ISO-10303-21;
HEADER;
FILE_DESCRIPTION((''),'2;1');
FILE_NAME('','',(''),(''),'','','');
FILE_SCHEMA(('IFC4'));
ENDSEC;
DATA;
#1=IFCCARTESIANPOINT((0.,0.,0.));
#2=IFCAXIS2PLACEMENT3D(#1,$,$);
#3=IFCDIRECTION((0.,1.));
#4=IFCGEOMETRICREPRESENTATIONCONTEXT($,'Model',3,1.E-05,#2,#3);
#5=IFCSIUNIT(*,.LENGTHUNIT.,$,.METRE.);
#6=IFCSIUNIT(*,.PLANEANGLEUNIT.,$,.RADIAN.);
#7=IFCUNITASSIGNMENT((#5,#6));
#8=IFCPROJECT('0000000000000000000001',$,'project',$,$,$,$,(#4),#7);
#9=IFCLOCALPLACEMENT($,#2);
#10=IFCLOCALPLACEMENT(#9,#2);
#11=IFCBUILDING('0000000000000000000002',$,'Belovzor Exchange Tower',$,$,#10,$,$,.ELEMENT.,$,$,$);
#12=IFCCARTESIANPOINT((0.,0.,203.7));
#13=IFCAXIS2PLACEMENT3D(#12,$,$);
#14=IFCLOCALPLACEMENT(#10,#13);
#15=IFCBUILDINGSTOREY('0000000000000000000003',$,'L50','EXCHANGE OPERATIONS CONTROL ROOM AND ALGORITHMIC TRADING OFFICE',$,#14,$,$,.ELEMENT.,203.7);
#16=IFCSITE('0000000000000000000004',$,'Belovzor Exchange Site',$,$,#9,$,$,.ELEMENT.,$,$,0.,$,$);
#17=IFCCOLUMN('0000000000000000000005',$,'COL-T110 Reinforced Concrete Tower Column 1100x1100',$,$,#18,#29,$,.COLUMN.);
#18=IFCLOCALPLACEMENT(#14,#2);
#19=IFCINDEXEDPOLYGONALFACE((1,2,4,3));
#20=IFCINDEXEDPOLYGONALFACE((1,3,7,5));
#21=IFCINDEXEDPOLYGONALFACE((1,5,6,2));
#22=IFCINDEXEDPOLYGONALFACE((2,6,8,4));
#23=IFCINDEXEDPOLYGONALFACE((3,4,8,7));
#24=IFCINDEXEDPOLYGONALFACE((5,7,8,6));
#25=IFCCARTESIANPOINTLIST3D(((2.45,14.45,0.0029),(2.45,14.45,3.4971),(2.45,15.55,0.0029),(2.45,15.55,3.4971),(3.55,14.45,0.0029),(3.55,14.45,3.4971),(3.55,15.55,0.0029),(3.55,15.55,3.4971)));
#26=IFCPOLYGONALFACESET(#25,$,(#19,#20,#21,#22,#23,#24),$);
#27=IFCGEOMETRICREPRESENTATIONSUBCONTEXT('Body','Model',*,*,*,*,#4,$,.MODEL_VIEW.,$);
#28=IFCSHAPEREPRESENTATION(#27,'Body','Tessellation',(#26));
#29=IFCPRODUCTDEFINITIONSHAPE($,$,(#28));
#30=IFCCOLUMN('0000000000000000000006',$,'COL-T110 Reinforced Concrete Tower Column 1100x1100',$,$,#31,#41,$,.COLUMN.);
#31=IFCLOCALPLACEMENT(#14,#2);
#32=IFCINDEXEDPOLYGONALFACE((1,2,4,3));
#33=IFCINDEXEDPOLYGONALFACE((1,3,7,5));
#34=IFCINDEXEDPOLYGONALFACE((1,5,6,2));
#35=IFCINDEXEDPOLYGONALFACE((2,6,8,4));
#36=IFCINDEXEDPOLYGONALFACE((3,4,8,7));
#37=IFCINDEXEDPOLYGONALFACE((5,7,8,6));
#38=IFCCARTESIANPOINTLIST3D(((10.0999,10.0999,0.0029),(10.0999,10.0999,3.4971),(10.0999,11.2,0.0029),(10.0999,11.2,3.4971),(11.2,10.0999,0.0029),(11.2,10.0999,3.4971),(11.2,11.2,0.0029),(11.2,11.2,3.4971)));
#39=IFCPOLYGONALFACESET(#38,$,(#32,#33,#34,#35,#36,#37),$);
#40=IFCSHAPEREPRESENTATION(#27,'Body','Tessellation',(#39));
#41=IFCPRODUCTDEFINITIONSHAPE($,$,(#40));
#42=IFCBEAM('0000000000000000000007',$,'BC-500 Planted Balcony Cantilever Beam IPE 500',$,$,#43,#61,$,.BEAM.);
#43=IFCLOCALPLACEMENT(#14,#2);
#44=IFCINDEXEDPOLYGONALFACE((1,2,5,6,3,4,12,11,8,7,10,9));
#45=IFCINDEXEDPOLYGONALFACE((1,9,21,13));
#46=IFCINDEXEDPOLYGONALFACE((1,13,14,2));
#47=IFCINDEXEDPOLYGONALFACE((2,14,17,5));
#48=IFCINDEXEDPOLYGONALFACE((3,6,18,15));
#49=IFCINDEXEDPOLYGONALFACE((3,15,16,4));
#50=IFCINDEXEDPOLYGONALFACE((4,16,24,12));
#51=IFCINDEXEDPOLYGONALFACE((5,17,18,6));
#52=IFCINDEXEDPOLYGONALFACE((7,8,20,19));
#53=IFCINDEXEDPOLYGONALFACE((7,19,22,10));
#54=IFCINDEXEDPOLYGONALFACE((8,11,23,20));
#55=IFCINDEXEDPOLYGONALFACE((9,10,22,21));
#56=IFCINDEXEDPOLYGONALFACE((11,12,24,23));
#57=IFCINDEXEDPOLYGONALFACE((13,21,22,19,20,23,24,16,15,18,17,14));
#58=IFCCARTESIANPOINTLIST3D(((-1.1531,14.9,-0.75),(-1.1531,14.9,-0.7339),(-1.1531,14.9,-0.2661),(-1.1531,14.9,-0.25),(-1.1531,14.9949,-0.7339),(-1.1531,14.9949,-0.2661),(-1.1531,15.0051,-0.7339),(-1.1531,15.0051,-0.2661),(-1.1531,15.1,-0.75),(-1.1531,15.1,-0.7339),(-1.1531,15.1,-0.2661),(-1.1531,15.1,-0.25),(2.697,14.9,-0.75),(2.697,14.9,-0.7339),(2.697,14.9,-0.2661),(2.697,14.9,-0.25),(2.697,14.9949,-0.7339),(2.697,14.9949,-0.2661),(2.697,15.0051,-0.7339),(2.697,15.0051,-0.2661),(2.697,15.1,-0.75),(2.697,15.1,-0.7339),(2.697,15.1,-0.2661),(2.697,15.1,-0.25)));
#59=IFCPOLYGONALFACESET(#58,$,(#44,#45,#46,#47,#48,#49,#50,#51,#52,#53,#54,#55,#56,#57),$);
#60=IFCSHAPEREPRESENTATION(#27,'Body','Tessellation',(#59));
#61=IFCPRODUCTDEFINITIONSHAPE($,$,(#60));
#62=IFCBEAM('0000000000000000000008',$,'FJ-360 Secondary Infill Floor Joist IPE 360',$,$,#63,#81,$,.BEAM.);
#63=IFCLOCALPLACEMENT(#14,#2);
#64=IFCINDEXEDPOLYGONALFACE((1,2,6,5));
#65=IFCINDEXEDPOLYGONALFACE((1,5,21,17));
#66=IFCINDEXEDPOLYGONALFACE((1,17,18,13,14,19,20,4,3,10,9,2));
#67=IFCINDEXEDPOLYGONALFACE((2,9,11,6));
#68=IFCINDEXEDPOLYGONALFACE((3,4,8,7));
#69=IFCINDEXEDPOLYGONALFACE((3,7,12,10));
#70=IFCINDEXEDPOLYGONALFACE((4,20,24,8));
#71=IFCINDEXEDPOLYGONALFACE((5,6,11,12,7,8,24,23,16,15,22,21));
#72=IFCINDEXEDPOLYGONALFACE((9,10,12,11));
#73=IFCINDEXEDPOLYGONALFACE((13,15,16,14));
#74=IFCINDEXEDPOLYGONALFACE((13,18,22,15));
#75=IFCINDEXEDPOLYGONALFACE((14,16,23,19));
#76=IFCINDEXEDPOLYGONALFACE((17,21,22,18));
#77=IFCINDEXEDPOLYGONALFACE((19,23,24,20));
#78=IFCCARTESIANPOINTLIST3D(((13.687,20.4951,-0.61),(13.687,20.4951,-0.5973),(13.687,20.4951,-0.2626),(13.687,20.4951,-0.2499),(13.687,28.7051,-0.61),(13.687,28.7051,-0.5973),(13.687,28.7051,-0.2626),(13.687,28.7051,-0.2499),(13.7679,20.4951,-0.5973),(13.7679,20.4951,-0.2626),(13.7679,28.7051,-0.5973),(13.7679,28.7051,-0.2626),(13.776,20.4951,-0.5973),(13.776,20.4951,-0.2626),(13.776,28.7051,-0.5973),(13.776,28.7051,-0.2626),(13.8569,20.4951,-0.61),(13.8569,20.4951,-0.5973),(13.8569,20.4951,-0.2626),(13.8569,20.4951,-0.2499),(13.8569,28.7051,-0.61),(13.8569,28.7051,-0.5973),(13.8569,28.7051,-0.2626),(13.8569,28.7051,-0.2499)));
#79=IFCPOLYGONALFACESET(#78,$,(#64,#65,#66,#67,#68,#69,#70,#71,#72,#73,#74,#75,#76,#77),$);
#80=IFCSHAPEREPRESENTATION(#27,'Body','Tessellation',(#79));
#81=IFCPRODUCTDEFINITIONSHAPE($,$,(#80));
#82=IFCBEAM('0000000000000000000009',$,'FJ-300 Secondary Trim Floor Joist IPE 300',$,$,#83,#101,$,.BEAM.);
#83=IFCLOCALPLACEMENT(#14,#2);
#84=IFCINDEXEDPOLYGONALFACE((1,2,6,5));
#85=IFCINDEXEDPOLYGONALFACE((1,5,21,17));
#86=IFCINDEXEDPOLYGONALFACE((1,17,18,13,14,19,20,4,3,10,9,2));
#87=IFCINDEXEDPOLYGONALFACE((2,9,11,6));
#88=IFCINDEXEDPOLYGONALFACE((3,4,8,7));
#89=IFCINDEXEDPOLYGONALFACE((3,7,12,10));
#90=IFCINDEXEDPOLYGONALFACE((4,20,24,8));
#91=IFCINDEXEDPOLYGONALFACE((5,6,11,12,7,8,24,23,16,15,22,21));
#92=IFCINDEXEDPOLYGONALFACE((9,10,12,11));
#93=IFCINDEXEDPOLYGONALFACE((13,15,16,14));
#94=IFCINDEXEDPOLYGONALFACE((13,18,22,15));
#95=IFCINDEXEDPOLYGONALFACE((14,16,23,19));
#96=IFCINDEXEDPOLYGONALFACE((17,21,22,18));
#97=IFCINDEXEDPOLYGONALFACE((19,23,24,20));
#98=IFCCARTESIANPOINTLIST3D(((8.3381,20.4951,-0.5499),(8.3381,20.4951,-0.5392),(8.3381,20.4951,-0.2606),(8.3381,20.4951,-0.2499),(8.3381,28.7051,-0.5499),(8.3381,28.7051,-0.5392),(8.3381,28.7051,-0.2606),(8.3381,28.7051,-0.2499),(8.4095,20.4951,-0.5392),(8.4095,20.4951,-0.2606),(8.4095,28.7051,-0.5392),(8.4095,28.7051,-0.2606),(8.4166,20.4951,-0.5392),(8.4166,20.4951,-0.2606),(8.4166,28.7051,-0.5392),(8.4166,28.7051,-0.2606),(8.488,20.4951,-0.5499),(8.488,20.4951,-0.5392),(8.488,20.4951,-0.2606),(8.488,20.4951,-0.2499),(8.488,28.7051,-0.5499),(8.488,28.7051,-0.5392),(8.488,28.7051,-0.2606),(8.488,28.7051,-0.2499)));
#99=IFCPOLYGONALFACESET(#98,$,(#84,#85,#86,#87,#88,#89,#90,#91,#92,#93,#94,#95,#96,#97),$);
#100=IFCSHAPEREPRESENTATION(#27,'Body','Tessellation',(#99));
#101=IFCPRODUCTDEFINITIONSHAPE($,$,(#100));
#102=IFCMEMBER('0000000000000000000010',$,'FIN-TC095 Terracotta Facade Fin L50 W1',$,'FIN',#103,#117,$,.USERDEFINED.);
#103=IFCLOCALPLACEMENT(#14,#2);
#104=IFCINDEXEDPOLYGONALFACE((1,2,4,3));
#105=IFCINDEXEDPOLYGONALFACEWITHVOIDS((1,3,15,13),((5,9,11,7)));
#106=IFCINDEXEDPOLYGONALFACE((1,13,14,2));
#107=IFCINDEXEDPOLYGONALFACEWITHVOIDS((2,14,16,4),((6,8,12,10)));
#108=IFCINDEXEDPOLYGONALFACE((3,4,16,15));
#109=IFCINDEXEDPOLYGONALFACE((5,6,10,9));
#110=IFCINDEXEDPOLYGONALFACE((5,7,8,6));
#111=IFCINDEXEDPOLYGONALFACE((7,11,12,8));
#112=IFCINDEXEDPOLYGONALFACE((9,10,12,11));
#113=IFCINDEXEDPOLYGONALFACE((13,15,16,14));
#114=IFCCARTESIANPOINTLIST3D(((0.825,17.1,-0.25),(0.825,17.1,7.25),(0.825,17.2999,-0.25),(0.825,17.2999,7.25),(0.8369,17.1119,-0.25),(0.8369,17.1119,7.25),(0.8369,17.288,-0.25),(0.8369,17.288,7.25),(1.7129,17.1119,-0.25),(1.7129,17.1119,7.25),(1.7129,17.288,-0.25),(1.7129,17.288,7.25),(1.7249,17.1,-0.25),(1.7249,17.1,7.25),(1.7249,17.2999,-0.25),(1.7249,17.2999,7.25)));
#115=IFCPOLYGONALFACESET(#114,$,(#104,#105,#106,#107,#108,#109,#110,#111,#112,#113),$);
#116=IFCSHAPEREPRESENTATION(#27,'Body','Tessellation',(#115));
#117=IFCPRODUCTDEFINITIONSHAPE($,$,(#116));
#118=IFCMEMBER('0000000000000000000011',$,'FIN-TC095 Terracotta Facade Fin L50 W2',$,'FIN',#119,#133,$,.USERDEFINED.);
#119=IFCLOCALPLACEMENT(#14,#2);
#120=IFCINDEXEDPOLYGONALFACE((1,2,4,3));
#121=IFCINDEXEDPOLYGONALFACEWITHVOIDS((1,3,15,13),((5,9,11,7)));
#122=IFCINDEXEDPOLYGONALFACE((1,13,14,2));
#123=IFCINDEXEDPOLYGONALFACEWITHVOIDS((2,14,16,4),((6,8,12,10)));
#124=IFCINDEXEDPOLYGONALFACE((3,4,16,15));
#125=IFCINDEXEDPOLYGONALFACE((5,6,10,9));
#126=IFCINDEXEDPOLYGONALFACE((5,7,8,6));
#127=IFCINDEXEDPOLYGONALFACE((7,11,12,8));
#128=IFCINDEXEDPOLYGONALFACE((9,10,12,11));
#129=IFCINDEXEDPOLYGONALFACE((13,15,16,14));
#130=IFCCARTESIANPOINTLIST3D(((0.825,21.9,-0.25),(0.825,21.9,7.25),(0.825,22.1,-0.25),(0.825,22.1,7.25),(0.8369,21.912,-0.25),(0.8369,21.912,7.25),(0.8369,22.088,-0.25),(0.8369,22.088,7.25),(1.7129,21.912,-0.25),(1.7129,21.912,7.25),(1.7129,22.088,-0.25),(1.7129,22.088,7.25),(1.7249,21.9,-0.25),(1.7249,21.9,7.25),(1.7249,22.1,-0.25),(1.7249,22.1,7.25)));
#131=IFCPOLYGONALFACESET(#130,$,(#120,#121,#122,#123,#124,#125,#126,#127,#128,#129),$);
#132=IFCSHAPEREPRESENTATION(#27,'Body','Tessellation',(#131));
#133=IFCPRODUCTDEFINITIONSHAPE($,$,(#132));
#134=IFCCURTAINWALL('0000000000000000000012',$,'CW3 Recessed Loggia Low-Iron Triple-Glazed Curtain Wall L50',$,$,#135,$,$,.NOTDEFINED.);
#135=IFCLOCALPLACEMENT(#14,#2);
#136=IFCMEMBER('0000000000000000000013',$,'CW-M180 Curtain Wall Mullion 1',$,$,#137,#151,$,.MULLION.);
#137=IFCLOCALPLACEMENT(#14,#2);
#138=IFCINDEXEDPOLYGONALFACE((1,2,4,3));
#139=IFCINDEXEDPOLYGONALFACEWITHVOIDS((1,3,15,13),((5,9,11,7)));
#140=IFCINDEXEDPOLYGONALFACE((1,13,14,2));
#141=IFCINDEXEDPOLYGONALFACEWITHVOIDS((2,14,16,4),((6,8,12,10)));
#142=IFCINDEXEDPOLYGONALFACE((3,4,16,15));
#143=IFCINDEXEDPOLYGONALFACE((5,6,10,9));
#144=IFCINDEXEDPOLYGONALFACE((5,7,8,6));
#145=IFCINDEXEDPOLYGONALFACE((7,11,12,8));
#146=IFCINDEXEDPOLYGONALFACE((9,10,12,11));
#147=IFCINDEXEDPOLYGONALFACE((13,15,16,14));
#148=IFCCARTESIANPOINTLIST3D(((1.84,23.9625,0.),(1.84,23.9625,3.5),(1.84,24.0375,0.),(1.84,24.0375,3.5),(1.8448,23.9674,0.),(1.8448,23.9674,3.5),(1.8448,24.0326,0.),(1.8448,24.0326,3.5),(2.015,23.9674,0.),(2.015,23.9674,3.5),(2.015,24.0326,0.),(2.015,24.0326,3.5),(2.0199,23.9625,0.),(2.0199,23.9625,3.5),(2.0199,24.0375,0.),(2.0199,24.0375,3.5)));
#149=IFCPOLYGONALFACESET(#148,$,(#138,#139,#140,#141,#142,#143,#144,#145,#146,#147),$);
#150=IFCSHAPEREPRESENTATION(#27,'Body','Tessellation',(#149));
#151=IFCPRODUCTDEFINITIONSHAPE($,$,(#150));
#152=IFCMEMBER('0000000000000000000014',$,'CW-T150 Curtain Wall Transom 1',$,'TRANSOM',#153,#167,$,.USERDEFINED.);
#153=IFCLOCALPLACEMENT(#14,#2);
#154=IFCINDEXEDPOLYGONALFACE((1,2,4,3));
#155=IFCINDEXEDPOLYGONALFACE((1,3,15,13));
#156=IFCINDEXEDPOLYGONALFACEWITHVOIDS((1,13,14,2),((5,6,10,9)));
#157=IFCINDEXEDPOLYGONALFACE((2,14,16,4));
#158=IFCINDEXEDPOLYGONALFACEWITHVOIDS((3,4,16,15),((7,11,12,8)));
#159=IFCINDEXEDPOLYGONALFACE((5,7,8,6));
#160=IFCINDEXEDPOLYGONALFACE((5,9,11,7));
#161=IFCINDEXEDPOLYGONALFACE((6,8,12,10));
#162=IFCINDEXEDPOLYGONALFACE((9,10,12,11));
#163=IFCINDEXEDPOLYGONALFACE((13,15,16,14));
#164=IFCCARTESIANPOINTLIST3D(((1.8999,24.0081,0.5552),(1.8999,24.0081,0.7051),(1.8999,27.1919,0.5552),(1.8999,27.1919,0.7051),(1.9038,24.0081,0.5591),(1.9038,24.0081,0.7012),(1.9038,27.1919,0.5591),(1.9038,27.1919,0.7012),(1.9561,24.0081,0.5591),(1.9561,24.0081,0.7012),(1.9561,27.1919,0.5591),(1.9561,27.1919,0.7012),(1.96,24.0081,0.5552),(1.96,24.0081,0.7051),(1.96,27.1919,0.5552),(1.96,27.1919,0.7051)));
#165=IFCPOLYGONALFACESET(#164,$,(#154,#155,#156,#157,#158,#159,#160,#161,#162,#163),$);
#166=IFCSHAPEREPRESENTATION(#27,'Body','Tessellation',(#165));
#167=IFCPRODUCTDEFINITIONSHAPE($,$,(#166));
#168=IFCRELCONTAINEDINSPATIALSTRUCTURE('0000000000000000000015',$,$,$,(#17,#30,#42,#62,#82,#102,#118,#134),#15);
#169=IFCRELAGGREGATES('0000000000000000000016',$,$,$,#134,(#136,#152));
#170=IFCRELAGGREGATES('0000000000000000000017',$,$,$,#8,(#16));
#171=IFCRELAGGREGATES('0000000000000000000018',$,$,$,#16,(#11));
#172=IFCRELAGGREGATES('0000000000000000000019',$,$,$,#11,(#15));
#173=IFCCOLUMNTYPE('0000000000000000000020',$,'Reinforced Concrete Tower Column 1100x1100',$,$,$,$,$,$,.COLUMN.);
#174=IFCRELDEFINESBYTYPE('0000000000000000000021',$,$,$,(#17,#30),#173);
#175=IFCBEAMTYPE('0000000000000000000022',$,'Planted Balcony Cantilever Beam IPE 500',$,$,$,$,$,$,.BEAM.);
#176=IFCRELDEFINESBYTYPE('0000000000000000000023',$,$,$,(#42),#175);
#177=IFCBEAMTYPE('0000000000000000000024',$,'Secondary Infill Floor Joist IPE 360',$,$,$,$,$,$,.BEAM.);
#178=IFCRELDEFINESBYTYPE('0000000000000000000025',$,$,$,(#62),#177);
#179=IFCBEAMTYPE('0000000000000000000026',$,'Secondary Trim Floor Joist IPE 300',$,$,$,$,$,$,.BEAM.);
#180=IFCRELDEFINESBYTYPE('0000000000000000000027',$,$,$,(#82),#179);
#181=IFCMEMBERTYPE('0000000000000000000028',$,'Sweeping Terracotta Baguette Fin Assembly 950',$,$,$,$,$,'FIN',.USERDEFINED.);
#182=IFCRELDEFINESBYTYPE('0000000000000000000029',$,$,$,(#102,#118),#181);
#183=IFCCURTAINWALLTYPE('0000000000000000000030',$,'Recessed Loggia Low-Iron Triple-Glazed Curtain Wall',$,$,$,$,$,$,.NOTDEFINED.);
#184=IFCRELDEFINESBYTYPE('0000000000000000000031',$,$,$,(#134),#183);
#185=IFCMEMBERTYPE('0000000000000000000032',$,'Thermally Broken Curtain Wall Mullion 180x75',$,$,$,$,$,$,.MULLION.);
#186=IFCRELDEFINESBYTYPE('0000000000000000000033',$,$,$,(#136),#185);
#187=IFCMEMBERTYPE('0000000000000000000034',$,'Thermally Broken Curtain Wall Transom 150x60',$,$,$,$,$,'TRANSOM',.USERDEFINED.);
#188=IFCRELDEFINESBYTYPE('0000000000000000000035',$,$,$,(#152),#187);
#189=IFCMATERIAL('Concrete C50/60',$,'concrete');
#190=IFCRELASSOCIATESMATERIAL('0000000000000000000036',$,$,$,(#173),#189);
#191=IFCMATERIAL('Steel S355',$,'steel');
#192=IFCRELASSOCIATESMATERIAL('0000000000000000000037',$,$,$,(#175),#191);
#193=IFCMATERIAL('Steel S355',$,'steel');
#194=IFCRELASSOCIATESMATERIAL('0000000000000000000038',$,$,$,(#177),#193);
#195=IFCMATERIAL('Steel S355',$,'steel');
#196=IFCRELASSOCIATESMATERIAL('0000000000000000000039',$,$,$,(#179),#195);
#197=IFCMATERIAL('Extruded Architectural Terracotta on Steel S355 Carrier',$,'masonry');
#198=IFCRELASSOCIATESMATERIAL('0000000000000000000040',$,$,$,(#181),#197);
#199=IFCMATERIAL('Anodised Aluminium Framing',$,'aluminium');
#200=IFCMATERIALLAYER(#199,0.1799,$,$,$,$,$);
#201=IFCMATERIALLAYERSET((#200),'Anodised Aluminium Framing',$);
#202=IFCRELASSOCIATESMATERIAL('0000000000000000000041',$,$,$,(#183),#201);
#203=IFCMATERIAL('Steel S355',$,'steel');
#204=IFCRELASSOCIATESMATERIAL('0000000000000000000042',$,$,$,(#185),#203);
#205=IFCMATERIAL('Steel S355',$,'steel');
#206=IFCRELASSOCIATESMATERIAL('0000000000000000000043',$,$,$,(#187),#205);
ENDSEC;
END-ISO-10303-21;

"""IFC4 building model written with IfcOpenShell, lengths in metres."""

from ifc_helpers import new_model, si_unit, direction, frame, origin, origin_2d, place, context, subcontext, project, spatial, rectangle, hollow_rectangle, i_section, extrude, material, layer, layer_set, material_profile, profile_set, type_object, element, aggregate, save


model = new_model("IFC4")

# Units and contexts
model_context = context("Model", 3, precision=1e-05, world=origin(), true_north=direction((0.0, 1.0)))
body_context = subcontext(model_context, "Body", "Model", "MODEL_VIEW")
ifc_project = project(units=[si_unit("LENGTHUNIT", "METRE"), si_unit("PLANEANGLEUNIT", "RADIAN")], contexts=[model_context])

# Site, building, storey
site_placement = place(None, origin())
site = spatial("IfcSite", under=ifc_project, at=site_placement, Name="Belovzor Exchange Site", CompositionType="ELEMENT", RefElevation=0.0)
building_placement = place(site_placement, origin())
building = spatial("IfcBuilding", under=site, at=building_placement, Name="Belovzor Exchange Tower", CompositionType="ELEMENT")
storey_placement = place(building_placement, frame((0.0, 0.0, 203.7)))
storey = spatial("IfcBuildingStorey", under=building, at=storey_placement, Name="L50", Description="EXCHANGE OPERATIONS CONTROL ROOM AND ALGORITHMIC TRADING OFFICE", CompositionType="ELEMENT", Elevation=203.7)

# Columns
ifc_material_1 = material(Name="Concrete C50/60", Category="concrete")
ifc_material_profile_1 = material_profile(ifc_material_1, rectangle(XDim=1.1001, YDim=1.1001, at=origin_2d()))
ifc_profile_set_1 = profile_set([ifc_material_profile_1], Name="Concrete C50/60")
column_type = type_object("IfcColumnType", Name="Reinforced Concrete Tower Column 1100x1100", PredefinedType="COLUMN", material=ifc_profile_set_1)
for number, where, z_axis, x_axis, name in (
    (1, (3.0, 15.0, 0.0029), (0.0, 0.0, 1.0), (1.0, 0.0, 0.0), "COL-T110 Reinforced Concrete Tower Column 1100x1100"),
    (2, (10.6499, 10.6499, 0.0029), (0.0, 0.0, 1.0), (1.0, 0.0, 0.0), "COL-T110 Reinforced Concrete Tower Column 1100x1100"),
):
    element("IfcColumn", number, at=place(storey_placement, frame(where, z_axis=z_axis, x_axis=x_axis)), inside=storey, type_object=column_type, Name=name, PredefinedType="COLUMN", context=body_context, shape_type="SweptSolid", body=[
        extrude(rectangle(XDim=1.1001, YDim=1.1001, at=origin_2d()), origin(), (0.0, 0.0, 1.0), 3.4941),
    ])

# Beams
ifc_material_2 = material(Name="Steel S355", Category="steel")
ifc_material_profile_2 = material_profile(ifc_material_2, i_section(OverallWidth=0.2, OverallDepth=0.5, WebThickness=0.0103, FlangeThickness=0.0161, at=origin_2d()))
ifc_profile_set_2 = profile_set([ifc_material_profile_2], Name="Steel S355")
beam_type_1 = type_object("IfcBeamType", Name="Planted Balcony Cantilever Beam IPE 500", PredefinedType="BEAM", material=ifc_profile_set_2)
beam_1_placement = place(storey_placement, frame((2.697, 15.0, -0.5), z_axis=(-1.0, 0.0, 0.0), x_axis=(0.0, -1.0, 0.0)))
element("IfcBeam", 3, at=beam_1_placement, inside=storey, type_object=beam_type_1, Name="BC-500 Planted Balcony Cantilever Beam IPE 500", PredefinedType="BEAM", context=body_context, shape_type="SweptSolid", body=[
    extrude(i_section(OverallWidth=0.2, OverallDepth=0.5, WebThickness=0.0103, FlangeThickness=0.0161, at=origin_2d()), origin(), (0.0, 0.0, 1.0), 3.8501),
])
ifc_material_3 = material(Name="Steel S355", Category="steel")
ifc_material_profile_3 = material_profile(ifc_material_3, i_section(OverallWidth=0.1699, OverallDepth=0.3601, WebThickness=0.0081, FlangeThickness=0.0127, at=origin_2d()))
ifc_profile_set_3 = profile_set([ifc_material_profile_3], Name="Steel S355")
beam_type_2 = type_object("IfcBeamType", Name="Secondary Infill Floor Joist IPE 360", PredefinedType="BEAM", material=ifc_profile_set_3)
beam_2_placement = place(storey_placement, frame((13.772, 20.4951, -0.4299), z_axis=(0.0, 1.0, 0.0), x_axis=(-1.0, 0.0, 0.0)))
element("IfcBeam", 4, at=beam_2_placement, inside=storey, type_object=beam_type_2, Name="FJ-360 Secondary Infill Floor Joist IPE 360", PredefinedType="BEAM", context=body_context, shape_type="SweptSolid", body=[
    extrude(i_section(OverallWidth=0.1699, OverallDepth=0.3601, WebThickness=0.0081, FlangeThickness=0.0127, at=origin_2d()), origin(), (0.0, 0.0, 1.0), 8.21),
])
ifc_material_4 = material(Name="Steel S355", Category="steel")
ifc_material_profile_4 = material_profile(ifc_material_4, i_section(OverallWidth=0.1499, OverallDepth=0.3, WebThickness=0.0071, FlangeThickness=0.0107, at=origin_2d()))
ifc_profile_set_4 = profile_set([ifc_material_profile_4], Name="Steel S355")
beam_type_3 = type_object("IfcBeamType", Name="Secondary Trim Floor Joist IPE 300", PredefinedType="BEAM", material=ifc_profile_set_4)
beam_3_placement = place(storey_placement, frame((8.4131, 20.4951, -0.3999), z_axis=(0.0, 1.0, 0.0), x_axis=(-1.0, 0.0, 0.0)))
element("IfcBeam", 5, at=beam_3_placement, inside=storey, type_object=beam_type_3, Name="FJ-300 Secondary Trim Floor Joist IPE 300", PredefinedType="BEAM", context=body_context, shape_type="SweptSolid", body=[
    extrude(i_section(OverallWidth=0.1499, OverallDepth=0.3, WebThickness=0.0071, FlangeThickness=0.0107, at=origin_2d()), origin(), (0.0, 0.0, 1.0), 8.21),
])

# Members
ifc_material_5 = material(Name="Extruded Architectural Terracotta on Steel S355 Carrier", Category="masonry")
ifc_material_profile_5 = material_profile(ifc_material_5, hollow_rectangle(XDim=0.2, YDim=0.8999, WallThickness=0.012, at=origin_2d()))
ifc_profile_set_5 = profile_set([ifc_material_profile_5], Name="Extruded Architectural Terracotta on Steel S355 Carrier")
member_type_1 = type_object("IfcMemberType", Name="Sweeping Terracotta Baguette Fin Assembly 950", ElementType="FIN", PredefinedType="USERDEFINED", material=ifc_profile_set_5)
for number, where, z_axis, x_axis, name in (
    (6, (1.2749, 17.2, -0.25), (0.0, 0.0, 1.0), (0.0, 1.0, 0.0), "FIN-TC095 Terracotta Facade Fin L50 W1"),
    (7, (1.2749, 22.0, -0.25), (0.0, 0.0, 1.0), (0.0, 1.0, 0.0), "FIN-TC095 Terracotta Facade Fin L50 W2"),
):
    element("IfcMember", number, at=place(storey_placement, frame(where, z_axis=z_axis, x_axis=x_axis)), inside=storey, type_object=member_type_1, Name=name, ObjectType="FIN", PredefinedType="USERDEFINED", context=body_context, shape_type="SweptSolid", body=[
        extrude(hollow_rectangle(XDim=0.2, YDim=0.8999, WallThickness=0.012, at=origin_2d()), origin(), (0.0, 0.0, 1.0), 7.5),
    ])

# Curtain wall, members
ifc_material_6 = material(Name="Anodised Aluminium Framing", Category="aluminium")
ifc_layer_1 = layer(ifc_material_6, 0.1799)
ifc_layer_set_1 = layer_set([ifc_layer_1], Name="Anodised Aluminium Framing")
curtain_wall_type = type_object("IfcCurtainWallType", Name="Recessed Loggia Low-Iron Triple-Glazed Curtain Wall", PredefinedType="NOTDEFINED", material=ifc_layer_set_1)
curtain_wall_placement = place(storey_placement, origin())
curtain_wall = element("IfcCurtainWall", 8, at=curtain_wall_placement, inside=storey, type_object=curtain_wall_type, Name="CW3 Recessed Loggia Low-Iron Triple-Glazed Curtain Wall L50", PredefinedType="NOTDEFINED")
ifc_material_7 = material(Name="Steel S355", Category="steel")
ifc_material_profile_6 = material_profile(ifc_material_7, hollow_rectangle(XDim=0.075, YDim=0.1799, WallThickness=0.0049, at=origin_2d()))
ifc_profile_set_6 = profile_set([ifc_material_profile_6], Name="Steel S355")
member_type_2 = type_object("IfcMemberType", Name="Thermally Broken Curtain Wall Mullion 180x75", PredefinedType="MULLION", material=ifc_profile_set_6)
member_1_placement = place(storey_placement, frame((1.9299, 24.0, 0.0), z_axis=(0.0, 0.0, 1.0), x_axis=(0.0, 1.0, 0.0)))
member_1 = element("IfcMember", 9, at=member_1_placement, type_object=member_type_2, Name="CW-M180 Curtain Wall Mullion 1", PredefinedType="MULLION", context=body_context, shape_type="SweptSolid", body=[
    extrude(hollow_rectangle(XDim=0.075, YDim=0.1799, WallThickness=0.0049, at=origin_2d()), origin(), (0.0, 0.0, 1.0), 3.5),
])
ifc_material_8 = material(Name="Steel S355", Category="steel")
ifc_material_profile_7 = material_profile(ifc_material_8, hollow_rectangle(XDim=0.0601, YDim=0.1499, WallThickness=0.0039, at=origin_2d()))
ifc_profile_set_7 = profile_set([ifc_material_profile_7], Name="Steel S355")
member_type_3 = type_object("IfcMemberType", Name="Thermally Broken Curtain Wall Transom 150x60", ElementType="TRANSOM", PredefinedType="USERDEFINED", material=ifc_profile_set_7)
member_2_placement = place(storey_placement, frame((1.9299, 24.0081, 0.6301), z_axis=(0.0, 1.0, 0.0), x_axis=(-1.0, 0.0, 0.0)))
member_2 = element("IfcMember", 10, at=member_2_placement, type_object=member_type_3, Name="CW-T150 Curtain Wall Transom 1", ObjectType="TRANSOM", PredefinedType="USERDEFINED", context=body_context, shape_type="SweptSolid", body=[
    extrude(hollow_rectangle(XDim=0.0601, YDim=0.1499, WallThickness=0.0039, at=origin_2d()), origin(), (0.0, 0.0, 1.0), 3.1838),
])

aggregate(curtain_wall, [member_1, member_2])

save(model, "model.ifc")
